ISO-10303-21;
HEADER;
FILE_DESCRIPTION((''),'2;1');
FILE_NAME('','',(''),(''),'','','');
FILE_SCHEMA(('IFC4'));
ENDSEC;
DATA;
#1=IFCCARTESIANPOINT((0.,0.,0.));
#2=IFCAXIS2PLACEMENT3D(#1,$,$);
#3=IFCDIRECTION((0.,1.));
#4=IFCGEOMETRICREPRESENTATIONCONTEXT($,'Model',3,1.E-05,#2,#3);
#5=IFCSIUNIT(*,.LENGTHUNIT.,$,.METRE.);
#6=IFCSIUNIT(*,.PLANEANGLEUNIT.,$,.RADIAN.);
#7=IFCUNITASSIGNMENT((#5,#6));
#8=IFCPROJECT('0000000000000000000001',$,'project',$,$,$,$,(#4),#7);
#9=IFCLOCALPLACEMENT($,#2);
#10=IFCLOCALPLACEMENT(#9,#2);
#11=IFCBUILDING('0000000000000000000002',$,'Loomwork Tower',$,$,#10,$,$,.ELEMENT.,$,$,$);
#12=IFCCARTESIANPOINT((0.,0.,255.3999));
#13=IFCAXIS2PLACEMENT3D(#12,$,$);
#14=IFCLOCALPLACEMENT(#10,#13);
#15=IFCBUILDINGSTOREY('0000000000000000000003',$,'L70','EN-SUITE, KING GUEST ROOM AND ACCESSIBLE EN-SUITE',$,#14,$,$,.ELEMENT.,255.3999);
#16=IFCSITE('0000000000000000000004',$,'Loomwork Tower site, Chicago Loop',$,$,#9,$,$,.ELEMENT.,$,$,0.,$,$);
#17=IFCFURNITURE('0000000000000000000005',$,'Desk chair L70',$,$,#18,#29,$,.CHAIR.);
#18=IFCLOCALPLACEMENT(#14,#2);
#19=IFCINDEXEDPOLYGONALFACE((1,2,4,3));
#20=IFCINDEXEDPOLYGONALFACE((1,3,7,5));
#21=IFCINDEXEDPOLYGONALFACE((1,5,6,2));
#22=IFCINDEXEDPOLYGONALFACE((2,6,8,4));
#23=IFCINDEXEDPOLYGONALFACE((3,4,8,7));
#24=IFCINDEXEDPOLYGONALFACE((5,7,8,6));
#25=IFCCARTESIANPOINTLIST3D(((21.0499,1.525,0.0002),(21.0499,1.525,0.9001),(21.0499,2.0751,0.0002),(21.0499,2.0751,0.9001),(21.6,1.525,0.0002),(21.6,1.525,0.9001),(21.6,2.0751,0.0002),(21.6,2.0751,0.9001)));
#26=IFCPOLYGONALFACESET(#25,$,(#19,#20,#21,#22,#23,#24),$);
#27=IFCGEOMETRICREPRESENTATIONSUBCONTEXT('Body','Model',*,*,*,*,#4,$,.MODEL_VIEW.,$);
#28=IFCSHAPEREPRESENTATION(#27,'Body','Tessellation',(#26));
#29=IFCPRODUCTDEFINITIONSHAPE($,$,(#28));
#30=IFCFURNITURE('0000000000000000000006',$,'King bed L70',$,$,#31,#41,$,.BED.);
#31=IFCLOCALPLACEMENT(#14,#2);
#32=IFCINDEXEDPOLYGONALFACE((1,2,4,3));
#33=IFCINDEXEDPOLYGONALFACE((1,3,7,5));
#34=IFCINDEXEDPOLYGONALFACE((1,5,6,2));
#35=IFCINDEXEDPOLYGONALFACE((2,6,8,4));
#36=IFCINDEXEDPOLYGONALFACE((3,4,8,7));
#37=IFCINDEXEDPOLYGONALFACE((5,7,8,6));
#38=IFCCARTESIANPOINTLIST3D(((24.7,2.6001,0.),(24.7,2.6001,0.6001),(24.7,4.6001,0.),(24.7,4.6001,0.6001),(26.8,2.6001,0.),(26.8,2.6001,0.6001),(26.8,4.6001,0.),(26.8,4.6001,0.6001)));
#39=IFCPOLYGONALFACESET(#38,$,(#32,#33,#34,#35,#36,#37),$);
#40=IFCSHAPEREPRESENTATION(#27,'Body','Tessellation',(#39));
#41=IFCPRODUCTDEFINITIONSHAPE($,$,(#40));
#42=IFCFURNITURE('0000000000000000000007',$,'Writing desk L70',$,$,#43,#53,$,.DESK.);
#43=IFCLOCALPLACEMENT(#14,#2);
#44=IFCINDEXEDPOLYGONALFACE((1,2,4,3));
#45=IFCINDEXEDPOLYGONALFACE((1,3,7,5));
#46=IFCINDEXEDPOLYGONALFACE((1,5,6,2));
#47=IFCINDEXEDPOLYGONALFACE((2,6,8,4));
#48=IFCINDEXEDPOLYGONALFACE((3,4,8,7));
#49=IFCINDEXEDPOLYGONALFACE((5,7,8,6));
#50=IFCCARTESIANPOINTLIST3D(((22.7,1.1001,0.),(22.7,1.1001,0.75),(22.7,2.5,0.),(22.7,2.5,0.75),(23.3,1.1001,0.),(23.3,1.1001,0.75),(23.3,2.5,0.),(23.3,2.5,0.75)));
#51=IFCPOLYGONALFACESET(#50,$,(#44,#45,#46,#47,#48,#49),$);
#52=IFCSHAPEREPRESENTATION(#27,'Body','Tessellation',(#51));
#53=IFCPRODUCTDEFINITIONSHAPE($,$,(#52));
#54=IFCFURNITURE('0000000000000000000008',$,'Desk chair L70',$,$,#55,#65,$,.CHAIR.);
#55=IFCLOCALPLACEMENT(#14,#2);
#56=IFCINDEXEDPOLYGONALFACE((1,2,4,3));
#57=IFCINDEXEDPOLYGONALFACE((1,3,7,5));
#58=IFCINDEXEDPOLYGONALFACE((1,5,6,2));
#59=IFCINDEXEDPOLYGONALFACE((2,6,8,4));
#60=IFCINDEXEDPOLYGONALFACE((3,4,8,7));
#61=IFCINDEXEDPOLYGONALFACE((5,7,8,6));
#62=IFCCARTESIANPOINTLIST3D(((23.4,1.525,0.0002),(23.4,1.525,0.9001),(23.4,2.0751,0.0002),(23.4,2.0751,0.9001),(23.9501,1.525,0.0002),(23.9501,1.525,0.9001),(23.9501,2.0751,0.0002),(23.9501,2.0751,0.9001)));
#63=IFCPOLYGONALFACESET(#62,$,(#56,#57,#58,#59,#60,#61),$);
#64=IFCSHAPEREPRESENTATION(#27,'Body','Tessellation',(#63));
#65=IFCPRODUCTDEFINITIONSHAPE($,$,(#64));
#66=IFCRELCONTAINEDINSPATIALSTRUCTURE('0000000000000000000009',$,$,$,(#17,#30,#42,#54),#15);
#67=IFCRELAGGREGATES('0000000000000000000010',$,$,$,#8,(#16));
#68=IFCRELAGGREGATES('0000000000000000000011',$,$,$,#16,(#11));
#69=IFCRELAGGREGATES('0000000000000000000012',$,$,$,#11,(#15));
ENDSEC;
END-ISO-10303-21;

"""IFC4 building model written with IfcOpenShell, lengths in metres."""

from ifc_helpers import new_model, si_unit, direction, frame, origin, origin_2d, place, context, subcontext, project, spatial, rectangle, extrude, element, save


model = new_model("IFC4")

# Units and contexts
model_context = context("Model", 3, precision=1e-05, world=origin(), true_north=direction((0.0, 1.0)))
body_context = subcontext(model_context, "Body", "Model", "MODEL_VIEW")
ifc_project = project(units=[si_unit("LENGTHUNIT", "METRE"), si_unit("PLANEANGLEUNIT", "RADIAN")], contexts=[model_context])

# Site, building, storey
site_placement = place(None, origin())
site = spatial("IfcSite", under=ifc_project, at=site_placement, Name="Loomwork Tower site, Chicago Loop", CompositionType="ELEMENT", RefElevation=0.0)
building_placement = place(site_placement, origin())
building = spatial("IfcBuilding", under=site, at=building_placement, Name="Loomwork Tower", CompositionType="ELEMENT")
storey_placement = place(building_placement, frame((0.0, 0.0, 255.3999)))
storey = spatial("IfcBuildingStorey", under=building, at=storey_placement, Name="L70", Description="EN-SUITE, KING GUEST ROOM AND ACCESSIBLE EN-SUITE", CompositionType="ELEMENT", Elevation=255.3999)

# Furniture
furniture_1_placement = place(storey_placement, frame((21.325, 1.8, 0.0002), z_axis=(0.0, 0.0, 1.0), x_axis=(1.0, 0.0, 0.0)))
element("IfcFurniture", 1, at=furniture_1_placement, inside=storey, Name="Desk chair L70", PredefinedType="CHAIR", context=body_context, shape_type="SweptSolid", body=[
    extrude(rectangle(XDim=0.55, YDim=0.55, at=origin_2d()), origin(), (0.0, 0.0, 1.0), 0.8999),
])
furniture_2_placement = place(storey_placement, frame((25.75, 3.6001, 0.0), z_axis=(0.0, 0.0, 1.0), x_axis=(1.0, 0.0, 0.0)))
element("IfcFurniture", 2, at=furniture_2_placement, inside=storey, Name="King bed L70", PredefinedType="BED", context=body_context, shape_type="SweptSolid", body=[
    extrude(rectangle(XDim=2.1001, YDim=2.0, at=origin_2d()), origin(), (0.0, 0.0, 1.0), 0.6001),
])
furniture_3_placement = place(storey_placement, frame((23.0, 1.8, 0.0), z_axis=(0.0, 0.0, 1.0), x_axis=(1.0, 0.0, 0.0)))
element("IfcFurniture", 3, at=furniture_3_placement, inside=storey, Name="Writing desk L70", PredefinedType="DESK", context=body_context, shape_type="SweptSolid", body=[
    extrude(rectangle(XDim=0.6001, YDim=1.3999, at=origin_2d()), origin(), (0.0, 0.0, 1.0), 0.75),
])
furniture_4_placement = place(storey_placement, frame((23.675, 1.8, 0.0002), z_axis=(0.0, 0.0, 1.0), x_axis=(1.0, 0.0, 0.0)))
element("IfcFurniture", 4, at=furniture_4_placement, inside=storey, Name="Desk chair L70", PredefinedType="CHAIR", context=body_context, shape_type="SweptSolid", body=[
    extrude(rectangle(XDim=0.55, YDim=0.55, at=origin_2d()), origin(), (0.0, 0.0, 1.0), 0.8999),
])

save(model, "model.ifc")
